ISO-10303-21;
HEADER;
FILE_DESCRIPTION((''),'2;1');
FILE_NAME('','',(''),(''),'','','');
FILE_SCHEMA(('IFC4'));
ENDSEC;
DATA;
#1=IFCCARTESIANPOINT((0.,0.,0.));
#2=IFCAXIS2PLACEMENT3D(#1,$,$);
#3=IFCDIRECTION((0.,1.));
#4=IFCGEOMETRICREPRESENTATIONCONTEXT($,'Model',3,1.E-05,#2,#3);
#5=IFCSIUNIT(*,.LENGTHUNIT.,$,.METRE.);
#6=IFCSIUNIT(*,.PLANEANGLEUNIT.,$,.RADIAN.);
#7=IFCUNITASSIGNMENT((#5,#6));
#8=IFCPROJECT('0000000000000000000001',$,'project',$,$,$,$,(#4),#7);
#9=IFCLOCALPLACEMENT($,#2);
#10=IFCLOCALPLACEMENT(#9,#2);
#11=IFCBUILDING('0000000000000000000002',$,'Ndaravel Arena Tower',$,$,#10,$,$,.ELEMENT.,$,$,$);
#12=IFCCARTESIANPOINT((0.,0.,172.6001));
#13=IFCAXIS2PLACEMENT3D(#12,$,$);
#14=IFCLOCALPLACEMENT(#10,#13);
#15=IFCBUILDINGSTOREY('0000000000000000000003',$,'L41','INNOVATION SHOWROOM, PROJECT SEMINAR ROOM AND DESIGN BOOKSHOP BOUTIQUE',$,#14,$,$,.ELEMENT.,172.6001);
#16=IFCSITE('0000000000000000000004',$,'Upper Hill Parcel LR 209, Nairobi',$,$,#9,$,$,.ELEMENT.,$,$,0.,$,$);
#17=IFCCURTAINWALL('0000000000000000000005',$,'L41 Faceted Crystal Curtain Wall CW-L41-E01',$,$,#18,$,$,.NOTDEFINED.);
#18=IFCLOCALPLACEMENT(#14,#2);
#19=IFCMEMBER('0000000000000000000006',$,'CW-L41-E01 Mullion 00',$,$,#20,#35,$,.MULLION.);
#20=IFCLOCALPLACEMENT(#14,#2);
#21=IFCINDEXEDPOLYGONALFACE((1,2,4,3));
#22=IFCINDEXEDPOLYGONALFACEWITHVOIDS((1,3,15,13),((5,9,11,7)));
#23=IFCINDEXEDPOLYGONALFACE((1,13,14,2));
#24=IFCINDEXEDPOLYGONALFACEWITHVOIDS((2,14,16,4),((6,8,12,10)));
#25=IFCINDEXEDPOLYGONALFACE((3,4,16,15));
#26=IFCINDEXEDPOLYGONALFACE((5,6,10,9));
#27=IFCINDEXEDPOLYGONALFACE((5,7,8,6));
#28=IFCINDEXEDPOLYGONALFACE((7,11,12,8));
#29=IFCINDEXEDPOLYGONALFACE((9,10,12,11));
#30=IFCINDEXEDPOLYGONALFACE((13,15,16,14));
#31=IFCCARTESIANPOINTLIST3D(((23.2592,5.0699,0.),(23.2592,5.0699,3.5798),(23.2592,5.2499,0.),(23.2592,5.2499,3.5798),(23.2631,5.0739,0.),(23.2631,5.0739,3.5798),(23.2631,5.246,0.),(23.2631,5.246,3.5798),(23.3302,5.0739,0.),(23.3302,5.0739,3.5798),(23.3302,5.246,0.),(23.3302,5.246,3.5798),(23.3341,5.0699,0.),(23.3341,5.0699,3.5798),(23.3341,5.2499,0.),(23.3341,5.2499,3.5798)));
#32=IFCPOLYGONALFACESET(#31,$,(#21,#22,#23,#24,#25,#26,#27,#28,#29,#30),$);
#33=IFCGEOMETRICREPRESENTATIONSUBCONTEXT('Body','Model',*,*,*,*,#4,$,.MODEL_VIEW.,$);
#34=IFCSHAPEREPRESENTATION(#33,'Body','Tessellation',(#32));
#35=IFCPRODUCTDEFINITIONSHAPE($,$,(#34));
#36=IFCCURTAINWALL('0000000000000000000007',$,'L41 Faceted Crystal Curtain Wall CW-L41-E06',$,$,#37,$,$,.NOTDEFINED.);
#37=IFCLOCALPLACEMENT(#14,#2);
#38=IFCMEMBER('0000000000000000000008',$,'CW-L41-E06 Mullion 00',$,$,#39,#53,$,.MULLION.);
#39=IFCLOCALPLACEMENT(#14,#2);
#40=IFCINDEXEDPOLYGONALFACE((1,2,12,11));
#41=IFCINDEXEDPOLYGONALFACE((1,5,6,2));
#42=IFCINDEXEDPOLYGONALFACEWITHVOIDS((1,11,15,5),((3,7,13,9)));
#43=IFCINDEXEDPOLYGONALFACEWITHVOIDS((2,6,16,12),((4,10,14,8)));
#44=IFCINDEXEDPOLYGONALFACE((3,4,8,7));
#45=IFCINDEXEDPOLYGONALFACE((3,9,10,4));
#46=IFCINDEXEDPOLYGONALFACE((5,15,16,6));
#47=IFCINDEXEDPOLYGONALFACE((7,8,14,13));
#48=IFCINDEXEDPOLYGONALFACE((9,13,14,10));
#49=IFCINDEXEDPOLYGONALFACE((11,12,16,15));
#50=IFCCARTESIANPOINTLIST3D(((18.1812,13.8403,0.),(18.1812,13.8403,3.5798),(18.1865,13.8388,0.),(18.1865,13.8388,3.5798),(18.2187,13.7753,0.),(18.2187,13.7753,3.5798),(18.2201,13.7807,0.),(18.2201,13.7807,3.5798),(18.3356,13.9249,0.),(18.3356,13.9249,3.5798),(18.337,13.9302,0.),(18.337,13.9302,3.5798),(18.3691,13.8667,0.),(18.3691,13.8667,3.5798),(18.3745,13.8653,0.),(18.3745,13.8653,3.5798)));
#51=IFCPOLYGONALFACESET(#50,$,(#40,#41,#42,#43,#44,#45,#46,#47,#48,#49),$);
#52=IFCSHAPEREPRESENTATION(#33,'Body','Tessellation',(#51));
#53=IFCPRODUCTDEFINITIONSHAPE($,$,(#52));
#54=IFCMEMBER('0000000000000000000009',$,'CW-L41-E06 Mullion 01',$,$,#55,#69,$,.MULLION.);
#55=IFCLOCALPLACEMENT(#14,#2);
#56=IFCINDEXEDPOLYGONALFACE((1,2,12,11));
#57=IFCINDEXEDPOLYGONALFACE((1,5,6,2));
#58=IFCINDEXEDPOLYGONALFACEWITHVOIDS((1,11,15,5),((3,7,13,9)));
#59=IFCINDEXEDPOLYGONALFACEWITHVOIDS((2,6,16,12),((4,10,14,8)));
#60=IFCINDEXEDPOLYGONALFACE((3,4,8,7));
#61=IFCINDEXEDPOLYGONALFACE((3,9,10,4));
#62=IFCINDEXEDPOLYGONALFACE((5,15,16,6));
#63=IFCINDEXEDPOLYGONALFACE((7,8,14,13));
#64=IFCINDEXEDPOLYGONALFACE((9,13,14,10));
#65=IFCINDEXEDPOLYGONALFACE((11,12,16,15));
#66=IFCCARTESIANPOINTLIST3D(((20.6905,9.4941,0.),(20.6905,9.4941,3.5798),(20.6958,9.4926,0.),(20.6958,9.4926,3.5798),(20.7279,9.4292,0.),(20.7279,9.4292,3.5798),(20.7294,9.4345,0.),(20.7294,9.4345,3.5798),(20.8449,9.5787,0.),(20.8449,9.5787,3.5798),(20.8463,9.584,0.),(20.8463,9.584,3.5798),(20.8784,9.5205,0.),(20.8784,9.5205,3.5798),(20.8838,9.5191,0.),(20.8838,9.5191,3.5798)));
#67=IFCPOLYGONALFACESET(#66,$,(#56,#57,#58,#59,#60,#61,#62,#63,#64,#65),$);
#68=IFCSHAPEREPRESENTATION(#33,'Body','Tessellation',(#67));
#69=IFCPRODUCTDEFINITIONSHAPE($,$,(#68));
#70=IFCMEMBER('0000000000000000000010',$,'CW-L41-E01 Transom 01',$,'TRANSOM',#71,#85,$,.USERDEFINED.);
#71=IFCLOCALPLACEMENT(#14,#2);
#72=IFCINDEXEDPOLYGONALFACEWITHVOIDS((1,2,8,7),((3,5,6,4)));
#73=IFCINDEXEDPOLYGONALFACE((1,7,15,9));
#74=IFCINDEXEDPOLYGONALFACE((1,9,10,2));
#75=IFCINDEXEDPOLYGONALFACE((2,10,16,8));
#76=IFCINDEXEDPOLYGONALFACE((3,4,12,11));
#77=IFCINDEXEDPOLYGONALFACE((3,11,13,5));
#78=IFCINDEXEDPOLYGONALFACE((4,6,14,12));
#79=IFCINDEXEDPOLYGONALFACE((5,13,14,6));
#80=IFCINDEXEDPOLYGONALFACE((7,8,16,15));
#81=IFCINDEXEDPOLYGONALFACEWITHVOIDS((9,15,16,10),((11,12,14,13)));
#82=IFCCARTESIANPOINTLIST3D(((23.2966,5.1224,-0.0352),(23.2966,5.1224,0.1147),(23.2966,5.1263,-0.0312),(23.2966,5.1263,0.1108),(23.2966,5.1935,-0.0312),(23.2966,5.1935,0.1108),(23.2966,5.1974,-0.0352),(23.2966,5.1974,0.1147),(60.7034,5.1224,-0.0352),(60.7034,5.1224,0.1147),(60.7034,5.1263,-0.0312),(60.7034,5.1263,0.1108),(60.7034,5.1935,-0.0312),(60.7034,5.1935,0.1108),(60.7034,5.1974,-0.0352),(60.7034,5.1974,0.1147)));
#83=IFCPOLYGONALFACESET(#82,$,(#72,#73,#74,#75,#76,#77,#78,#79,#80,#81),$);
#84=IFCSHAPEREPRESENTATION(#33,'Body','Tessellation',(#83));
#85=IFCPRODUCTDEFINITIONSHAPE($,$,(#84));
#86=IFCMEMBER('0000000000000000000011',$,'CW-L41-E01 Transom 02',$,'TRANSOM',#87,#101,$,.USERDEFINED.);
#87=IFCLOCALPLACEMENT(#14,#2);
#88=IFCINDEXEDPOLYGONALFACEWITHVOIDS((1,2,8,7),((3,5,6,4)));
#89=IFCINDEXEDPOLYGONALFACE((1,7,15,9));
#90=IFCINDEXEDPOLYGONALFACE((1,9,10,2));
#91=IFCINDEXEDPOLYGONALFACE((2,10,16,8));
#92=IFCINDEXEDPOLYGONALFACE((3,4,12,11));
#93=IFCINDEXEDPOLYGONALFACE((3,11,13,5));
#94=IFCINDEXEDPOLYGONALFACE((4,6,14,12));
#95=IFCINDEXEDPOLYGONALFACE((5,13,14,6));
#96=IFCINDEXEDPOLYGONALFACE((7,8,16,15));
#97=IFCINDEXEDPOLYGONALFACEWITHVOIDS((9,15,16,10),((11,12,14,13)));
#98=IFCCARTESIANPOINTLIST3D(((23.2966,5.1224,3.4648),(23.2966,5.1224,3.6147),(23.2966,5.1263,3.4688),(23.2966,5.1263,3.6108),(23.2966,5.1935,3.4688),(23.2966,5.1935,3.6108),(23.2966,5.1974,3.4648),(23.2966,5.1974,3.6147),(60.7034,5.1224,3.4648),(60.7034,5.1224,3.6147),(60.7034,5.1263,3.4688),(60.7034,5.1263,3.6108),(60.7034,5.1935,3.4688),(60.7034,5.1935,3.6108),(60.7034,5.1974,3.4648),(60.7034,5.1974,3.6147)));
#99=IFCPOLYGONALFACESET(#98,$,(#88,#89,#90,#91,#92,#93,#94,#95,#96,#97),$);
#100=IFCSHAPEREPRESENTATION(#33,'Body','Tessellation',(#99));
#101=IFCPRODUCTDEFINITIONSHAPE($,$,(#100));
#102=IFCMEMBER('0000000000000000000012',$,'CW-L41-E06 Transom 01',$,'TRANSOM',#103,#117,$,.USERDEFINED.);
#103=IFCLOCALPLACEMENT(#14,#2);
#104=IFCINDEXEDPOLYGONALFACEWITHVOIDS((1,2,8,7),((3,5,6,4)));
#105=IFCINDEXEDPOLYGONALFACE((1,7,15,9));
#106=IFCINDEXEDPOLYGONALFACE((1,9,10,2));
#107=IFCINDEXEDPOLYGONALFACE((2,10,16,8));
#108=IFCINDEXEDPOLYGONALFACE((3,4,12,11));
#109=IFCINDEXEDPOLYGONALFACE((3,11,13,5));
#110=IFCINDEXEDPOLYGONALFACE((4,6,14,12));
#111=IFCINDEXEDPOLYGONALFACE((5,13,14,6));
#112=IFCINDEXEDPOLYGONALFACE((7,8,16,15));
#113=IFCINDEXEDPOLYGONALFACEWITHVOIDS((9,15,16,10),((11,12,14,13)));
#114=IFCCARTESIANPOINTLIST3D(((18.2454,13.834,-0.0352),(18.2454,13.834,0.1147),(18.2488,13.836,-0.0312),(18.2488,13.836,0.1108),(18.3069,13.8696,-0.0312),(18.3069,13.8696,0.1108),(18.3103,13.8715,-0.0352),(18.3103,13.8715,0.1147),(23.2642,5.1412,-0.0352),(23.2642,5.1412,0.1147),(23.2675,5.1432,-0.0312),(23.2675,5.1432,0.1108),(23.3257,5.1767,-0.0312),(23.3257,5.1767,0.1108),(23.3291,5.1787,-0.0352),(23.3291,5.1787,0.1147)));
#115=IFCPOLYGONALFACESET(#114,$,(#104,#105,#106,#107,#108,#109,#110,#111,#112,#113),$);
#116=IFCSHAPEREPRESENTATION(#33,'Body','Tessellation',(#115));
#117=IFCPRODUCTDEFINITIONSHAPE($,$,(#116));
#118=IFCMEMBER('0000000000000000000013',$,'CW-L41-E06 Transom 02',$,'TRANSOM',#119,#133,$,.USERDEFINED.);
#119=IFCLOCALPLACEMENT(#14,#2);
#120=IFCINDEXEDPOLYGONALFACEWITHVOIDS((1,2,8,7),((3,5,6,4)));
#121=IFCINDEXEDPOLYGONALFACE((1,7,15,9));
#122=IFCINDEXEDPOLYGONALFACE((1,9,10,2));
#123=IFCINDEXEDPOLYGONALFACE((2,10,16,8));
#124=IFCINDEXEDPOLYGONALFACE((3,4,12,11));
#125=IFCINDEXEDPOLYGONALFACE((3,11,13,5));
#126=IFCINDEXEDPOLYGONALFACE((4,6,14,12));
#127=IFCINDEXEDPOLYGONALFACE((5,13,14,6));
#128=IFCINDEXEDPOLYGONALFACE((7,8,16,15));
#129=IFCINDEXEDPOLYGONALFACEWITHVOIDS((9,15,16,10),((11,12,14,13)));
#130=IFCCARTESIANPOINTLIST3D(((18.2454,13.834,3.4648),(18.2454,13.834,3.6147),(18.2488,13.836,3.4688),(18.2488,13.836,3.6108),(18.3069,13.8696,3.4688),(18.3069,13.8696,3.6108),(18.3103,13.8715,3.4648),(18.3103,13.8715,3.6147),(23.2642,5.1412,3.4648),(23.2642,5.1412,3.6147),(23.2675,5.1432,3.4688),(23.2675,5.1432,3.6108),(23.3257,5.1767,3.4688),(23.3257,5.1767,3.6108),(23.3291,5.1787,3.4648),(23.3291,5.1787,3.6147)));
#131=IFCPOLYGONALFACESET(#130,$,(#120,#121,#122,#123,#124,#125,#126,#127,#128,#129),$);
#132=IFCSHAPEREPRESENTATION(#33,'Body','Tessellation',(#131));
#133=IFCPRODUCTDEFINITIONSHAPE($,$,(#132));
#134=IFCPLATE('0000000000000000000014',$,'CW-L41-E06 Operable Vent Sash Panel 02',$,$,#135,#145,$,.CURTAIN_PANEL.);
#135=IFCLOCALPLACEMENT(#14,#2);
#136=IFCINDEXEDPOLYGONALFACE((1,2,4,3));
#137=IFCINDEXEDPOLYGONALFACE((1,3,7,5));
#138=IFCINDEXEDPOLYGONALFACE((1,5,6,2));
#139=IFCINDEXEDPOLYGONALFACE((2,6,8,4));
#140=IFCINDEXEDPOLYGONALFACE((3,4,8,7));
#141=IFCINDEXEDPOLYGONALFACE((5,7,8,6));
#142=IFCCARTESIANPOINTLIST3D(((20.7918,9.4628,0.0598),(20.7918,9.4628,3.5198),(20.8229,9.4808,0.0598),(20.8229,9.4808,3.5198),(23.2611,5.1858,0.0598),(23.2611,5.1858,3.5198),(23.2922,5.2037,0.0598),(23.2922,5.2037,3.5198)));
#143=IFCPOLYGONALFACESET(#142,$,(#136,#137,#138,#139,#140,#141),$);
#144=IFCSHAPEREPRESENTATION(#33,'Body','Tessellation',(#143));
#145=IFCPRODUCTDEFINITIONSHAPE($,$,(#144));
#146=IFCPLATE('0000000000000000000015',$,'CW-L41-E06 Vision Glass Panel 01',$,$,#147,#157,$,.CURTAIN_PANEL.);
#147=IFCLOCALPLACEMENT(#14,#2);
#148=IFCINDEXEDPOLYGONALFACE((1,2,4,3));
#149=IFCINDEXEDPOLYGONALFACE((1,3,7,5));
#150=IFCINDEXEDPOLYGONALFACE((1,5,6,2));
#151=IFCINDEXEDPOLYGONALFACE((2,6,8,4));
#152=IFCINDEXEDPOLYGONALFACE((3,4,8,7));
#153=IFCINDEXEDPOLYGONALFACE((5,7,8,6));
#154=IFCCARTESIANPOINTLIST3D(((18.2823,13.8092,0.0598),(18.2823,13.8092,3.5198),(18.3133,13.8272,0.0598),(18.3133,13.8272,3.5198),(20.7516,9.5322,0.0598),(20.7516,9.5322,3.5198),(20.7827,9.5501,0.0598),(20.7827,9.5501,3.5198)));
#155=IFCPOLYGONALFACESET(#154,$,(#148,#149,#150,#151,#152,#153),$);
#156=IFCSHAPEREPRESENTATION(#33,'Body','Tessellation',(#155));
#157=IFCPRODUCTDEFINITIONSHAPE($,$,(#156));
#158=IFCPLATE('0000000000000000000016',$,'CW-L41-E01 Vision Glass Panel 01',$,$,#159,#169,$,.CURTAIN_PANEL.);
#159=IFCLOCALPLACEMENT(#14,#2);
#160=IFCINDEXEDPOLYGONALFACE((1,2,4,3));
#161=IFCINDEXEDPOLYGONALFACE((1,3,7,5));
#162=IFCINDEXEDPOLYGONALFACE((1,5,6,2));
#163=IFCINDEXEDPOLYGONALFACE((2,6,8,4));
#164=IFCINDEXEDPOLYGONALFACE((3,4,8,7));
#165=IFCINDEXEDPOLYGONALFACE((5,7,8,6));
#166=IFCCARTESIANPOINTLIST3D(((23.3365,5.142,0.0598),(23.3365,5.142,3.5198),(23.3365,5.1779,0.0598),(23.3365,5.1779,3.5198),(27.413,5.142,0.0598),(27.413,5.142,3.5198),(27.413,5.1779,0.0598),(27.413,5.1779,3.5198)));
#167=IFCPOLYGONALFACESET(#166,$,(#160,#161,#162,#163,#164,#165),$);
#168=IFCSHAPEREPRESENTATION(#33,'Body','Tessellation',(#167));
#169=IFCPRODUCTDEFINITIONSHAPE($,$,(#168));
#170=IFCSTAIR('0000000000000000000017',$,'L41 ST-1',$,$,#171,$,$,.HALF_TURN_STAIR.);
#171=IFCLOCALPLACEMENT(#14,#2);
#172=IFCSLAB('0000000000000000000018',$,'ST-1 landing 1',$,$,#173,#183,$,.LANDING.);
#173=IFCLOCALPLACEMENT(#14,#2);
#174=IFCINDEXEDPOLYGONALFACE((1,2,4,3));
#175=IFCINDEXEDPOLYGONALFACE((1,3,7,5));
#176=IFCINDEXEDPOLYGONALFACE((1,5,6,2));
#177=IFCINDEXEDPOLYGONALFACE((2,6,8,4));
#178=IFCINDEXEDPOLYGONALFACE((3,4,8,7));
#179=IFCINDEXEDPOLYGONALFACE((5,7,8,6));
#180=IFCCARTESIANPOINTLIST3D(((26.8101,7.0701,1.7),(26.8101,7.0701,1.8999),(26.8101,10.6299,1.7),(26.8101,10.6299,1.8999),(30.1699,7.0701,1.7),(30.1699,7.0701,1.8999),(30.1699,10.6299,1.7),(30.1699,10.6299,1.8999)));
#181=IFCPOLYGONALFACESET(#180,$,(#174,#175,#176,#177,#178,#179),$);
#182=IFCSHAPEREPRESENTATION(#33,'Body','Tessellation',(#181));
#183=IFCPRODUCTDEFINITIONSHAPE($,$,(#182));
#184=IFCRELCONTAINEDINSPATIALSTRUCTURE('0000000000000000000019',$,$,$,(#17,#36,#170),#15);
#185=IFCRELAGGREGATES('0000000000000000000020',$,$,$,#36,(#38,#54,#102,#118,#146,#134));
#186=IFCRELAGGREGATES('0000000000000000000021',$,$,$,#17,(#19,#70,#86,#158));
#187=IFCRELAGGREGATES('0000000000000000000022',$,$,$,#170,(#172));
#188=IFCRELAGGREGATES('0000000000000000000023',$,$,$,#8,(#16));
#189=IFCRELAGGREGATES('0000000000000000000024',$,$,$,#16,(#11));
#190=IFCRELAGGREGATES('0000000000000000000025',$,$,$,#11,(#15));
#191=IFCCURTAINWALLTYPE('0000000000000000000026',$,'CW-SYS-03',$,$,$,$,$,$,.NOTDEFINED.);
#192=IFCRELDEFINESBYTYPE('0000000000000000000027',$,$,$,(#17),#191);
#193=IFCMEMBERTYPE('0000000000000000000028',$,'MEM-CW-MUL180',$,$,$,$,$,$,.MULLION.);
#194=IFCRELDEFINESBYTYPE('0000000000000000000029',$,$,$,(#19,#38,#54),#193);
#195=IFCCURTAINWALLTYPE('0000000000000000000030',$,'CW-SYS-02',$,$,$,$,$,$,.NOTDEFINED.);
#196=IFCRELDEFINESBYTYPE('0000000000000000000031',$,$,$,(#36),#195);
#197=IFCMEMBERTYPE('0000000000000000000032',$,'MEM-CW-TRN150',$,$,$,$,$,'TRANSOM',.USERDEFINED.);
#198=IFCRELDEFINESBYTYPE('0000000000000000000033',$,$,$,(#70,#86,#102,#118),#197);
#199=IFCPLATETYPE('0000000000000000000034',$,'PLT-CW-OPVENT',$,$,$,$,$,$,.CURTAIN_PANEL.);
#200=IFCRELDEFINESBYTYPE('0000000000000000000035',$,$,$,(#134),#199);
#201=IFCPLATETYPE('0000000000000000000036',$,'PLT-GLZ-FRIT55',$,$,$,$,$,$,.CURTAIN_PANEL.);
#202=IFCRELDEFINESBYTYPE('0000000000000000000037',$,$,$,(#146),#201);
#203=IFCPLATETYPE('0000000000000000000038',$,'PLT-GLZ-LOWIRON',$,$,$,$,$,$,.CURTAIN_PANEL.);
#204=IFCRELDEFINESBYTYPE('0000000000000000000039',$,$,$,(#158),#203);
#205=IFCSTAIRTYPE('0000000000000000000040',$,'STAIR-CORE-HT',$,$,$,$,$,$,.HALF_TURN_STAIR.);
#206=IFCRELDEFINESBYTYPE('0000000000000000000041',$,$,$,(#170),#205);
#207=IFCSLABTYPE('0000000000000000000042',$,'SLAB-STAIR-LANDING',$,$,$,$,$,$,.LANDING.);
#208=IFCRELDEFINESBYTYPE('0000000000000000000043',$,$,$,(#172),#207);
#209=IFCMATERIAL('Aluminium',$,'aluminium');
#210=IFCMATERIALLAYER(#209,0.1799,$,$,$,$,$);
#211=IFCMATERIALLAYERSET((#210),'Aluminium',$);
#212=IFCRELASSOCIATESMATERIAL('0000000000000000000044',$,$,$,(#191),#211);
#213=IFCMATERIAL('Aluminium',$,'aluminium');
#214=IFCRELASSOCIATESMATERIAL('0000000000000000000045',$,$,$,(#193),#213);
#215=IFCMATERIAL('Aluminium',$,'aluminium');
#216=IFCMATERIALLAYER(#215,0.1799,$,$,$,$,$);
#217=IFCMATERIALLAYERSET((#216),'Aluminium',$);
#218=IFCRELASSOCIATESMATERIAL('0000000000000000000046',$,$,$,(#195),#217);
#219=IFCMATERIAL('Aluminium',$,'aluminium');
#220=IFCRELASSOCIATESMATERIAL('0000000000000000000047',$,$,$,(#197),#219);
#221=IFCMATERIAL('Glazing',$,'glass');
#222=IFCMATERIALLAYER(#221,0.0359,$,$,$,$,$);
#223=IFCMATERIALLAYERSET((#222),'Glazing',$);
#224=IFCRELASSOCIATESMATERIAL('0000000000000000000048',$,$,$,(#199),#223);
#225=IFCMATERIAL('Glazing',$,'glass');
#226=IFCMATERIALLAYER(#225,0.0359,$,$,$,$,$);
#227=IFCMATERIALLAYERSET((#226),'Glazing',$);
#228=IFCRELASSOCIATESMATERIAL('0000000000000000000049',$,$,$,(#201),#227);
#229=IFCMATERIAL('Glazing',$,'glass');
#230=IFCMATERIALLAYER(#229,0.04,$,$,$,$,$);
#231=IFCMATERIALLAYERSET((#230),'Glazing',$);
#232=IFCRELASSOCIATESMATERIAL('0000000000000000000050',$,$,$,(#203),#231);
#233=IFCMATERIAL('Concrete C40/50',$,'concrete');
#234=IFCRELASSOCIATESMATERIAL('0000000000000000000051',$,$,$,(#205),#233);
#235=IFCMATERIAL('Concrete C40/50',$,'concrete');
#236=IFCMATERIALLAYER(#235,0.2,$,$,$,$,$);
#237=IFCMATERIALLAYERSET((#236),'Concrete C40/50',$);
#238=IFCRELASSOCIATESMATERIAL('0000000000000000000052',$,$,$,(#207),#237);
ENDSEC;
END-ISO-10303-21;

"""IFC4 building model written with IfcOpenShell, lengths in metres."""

from ifc_helpers import new_model, si_unit, direction, frame, origin, origin_2d, place, context, subcontext, project, spatial, polyline, rectangle, hollow_rectangle, outline, extrude, material, layer, layer_set, material_profile, profile_set, type_object, element, aggregate, save


model = new_model("IFC4")

# Units and contexts
model_context = context("Model", 3, precision=1e-05, world=origin(), true_north=direction((0.0, 1.0)))
body_context = subcontext(model_context, "Body", "Model", "MODEL_VIEW")
ifc_project = project(units=[si_unit("LENGTHUNIT", "METRE"), si_unit("PLANEANGLEUNIT", "RADIAN")], contexts=[model_context])

# Site, building, storey
site_placement = place(None, origin())
site = spatial("IfcSite", under=ifc_project, at=site_placement, Name="Upper Hill Parcel LR 209, Nairobi", CompositionType="ELEMENT", RefElevation=0.0)
building_placement = place(site_placement, origin())
building = spatial("IfcBuilding", under=site, at=building_placement, Name="Ndaravel Arena Tower", CompositionType="ELEMENT")
storey_placement = place(building_placement, frame((0.0, 0.0, 172.6001)))
storey = spatial("IfcBuildingStorey", under=building, at=storey_placement, Name="L41", Description="INNOVATION SHOWROOM, PROJECT SEMINAR ROOM AND DESIGN BOOKSHOP BOUTIQUE", CompositionType="ELEMENT", Elevation=172.6001)

# Curtain wall, member
ifc_material_1 = material(Name="Aluminium", Category="aluminium")
ifc_layer_1 = layer(ifc_material_1, 0.1799)
ifc_layer_set_1 = layer_set([ifc_layer_1], Name="Aluminium")
curtain_wall_type_1 = type_object("IfcCurtainWallType", Name="CW-SYS-03", PredefinedType="NOTDEFINED", material=ifc_layer_set_1)
curtain_wall_1_placement = place(storey_placement, origin())
curtain_wall_1 = element("IfcCurtainWall", 1, at=curtain_wall_1_placement, inside=storey, type_object=curtain_wall_type_1, Name="L41 Faceted Crystal Curtain Wall CW-L41-E01", PredefinedType="NOTDEFINED")
ifc_material_2 = material(Name="Aluminium", Category="aluminium")
ifc_material_profile_1 = material_profile(ifc_material_2, hollow_rectangle(XDim=0.075, YDim=0.1799, WallThickness=0.0039, at=origin_2d()), Name="CW MULLION 75x180x4")
ifc_profile_set_1 = profile_set([ifc_material_profile_1], Name="Aluminium")
member_type_1 = type_object("IfcMemberType", Name="MEM-CW-MUL180", PredefinedType="MULLION", material=ifc_profile_set_1)
member_1_placement = place(storey_placement, frame((23.2966, 5.1599, 0.0), z_axis=(0.0, 0.0, 1.0), x_axis=(1.0, 0.0, 0.0)))
member_1 = element("IfcMember", 2, at=member_1_placement, type_object=member_type_1, Name="CW-L41-E01 Mullion 00", PredefinedType="MULLION", context=body_context, shape_type="SweptSolid", body=[
    extrude(hollow_rectangle(XDim=0.075, YDim=0.1799, WallThickness=0.0039, at=origin_2d()), origin(), (0.0, 0.0, 1.0), 3.5798),
])

# Curtain wall, members
ifc_material_3 = material(Name="Aluminium", Category="aluminium")
ifc_layer_2 = layer(ifc_material_3, 0.1799)
ifc_layer_set_2 = layer_set([ifc_layer_2], Name="Aluminium")
curtain_wall_type_2 = type_object("IfcCurtainWallType", Name="CW-SYS-02", PredefinedType="NOTDEFINED", material=ifc_layer_set_2)
curtain_wall_2_placement = place(storey_placement, origin())
curtain_wall_2 = element("IfcCurtainWall", 3, at=curtain_wall_2_placement, inside=storey, type_object=curtain_wall_type_2, Name="L41 Faceted Crystal Curtain Wall CW-L41-E06", PredefinedType="NOTDEFINED")
member_2_placement = place(storey_placement, frame((18.2778, 13.8528, 0.0), z_axis=(0.0, 0.0, 1.0), x_axis=(0.5, -0.866025, 0.0)))
member_2 = element("IfcMember", 4, at=member_2_placement, type_object=member_type_1, Name="CW-L41-E06 Mullion 00", PredefinedType="MULLION", context=body_context, shape_type="SweptSolid", body=[
    extrude(hollow_rectangle(XDim=0.075, YDim=0.1799, WallThickness=0.0039, at=origin_2d()), origin(), (0.0, 0.0, 1.0), 3.5798),
])
member_3_placement = place(storey_placement, frame((20.7871, 9.5066, 0.0), z_axis=(0.0, 0.0, 1.0), x_axis=(0.5, -0.866025, 0.0)))
member_3 = element("IfcMember", 5, at=member_3_placement, type_object=member_type_1, Name="CW-L41-E06 Mullion 01", PredefinedType="MULLION", context=body_context, shape_type="SweptSolid", body=[
    extrude(hollow_rectangle(XDim=0.075, YDim=0.1799, WallThickness=0.0039, at=origin_2d()), origin(), (0.0, 0.0, 1.0), 3.5798),
])

# Members
ifc_material_4 = material(Name="Aluminium", Category="aluminium")
ifc_material_profile_2 = material_profile(ifc_material_4, hollow_rectangle(XDim=0.075, YDim=0.1499, WallThickness=0.0039, at=origin_2d()), Name="CW TRANSOM 75x150x4")
ifc_profile_set_2 = profile_set([ifc_material_profile_2], Name="Aluminium")
member_type_2 = type_object("IfcMemberType", Name="MEM-CW-TRN150", ElementType="TRANSOM", PredefinedType="USERDEFINED", material=ifc_profile_set_2)
member_4_placement = place(storey_placement, frame((23.2966, 5.1599, 0.0398), z_axis=(1.0, 0.0, 0.0), x_axis=(0.0, 1.0, 0.0)))
member_4 = element("IfcMember", 6, at=member_4_placement, type_object=member_type_2, Name="CW-L41-E01 Transom 01", ObjectType="TRANSOM", PredefinedType="USERDEFINED", context=body_context, shape_type="SweptSolid", body=[
    extrude(hollow_rectangle(XDim=0.075, YDim=0.1499, WallThickness=0.0039, at=origin_2d()), origin(), (0.0, 0.0, 1.0), 37.4067),
])
member_5_placement = place(storey_placement, frame((23.2966, 5.1599, 3.5398), z_axis=(1.0, 0.0, 0.0), x_axis=(0.0, 1.0, 0.0)))
member_5 = element("IfcMember", 7, at=member_5_placement, type_object=member_type_2, Name="CW-L41-E01 Transom 02", ObjectType="TRANSOM", PredefinedType="USERDEFINED", context=body_context, shape_type="SweptSolid", body=[
    extrude(hollow_rectangle(XDim=0.075, YDim=0.1499, WallThickness=0.0039, at=origin_2d()), origin(), (0.0, 0.0, 1.0), 37.4067),
])
member_6_placement = place(storey_placement, frame((18.2778, 13.8528, 0.0398), z_axis=(0.499998, -0.866027, 0.0), x_axis=(0.866027, 0.499998, 0.0)))
member_6 = element("IfcMember", 8, at=member_6_placement, type_object=member_type_2, Name="CW-L41-E06 Transom 01", ObjectType="TRANSOM", PredefinedType="USERDEFINED", context=body_context, shape_type="SweptSolid", body=[
    extrude(hollow_rectangle(XDim=0.075, YDim=0.1499, WallThickness=0.0039, at=origin_2d()), origin(), (0.0, 0.0, 1.0), 10.0376),
])
member_7_placement = place(storey_placement, frame((18.2778, 13.8528, 3.5398), z_axis=(0.499998, -0.866027, 0.0), x_axis=(0.866027, 0.499998, 0.0)))
member_7 = element("IfcMember", 9, at=member_7_placement, type_object=member_type_2, Name="CW-L41-E06 Transom 02", ObjectType="TRANSOM", PredefinedType="USERDEFINED", context=body_context, shape_type="SweptSolid", body=[
    extrude(hollow_rectangle(XDim=0.075, YDim=0.1499, WallThickness=0.0039, at=origin_2d()), origin(), (0.0, 0.0, 1.0), 10.0376),
])

# Plates
ifc_material_5 = material(Name="Glazing", Category="glass")
ifc_layer_3 = layer(ifc_material_5, 0.0359)
ifc_layer_set_3 = layer_set([ifc_layer_3], Name="Glazing")
plate_type_1 = type_object("IfcPlateType", Name="PLT-CW-OPVENT", PredefinedType="CURTAIN_PANEL", material=ifc_layer_set_3)
plate_1_placement = place(storey_placement, frame((22.042, 7.3333, 0.0598), z_axis=(0.0, 0.0, 1.0), x_axis=(0.5, -0.866025, 0.0)))
plate_1 = element("IfcPlate", 10, at=plate_1_placement, type_object=plate_type_1, Name="CW-L41-E06 Operable Vent Sash Panel 02", PredefinedType="CURTAIN_PANEL", context=body_context, shape_type="SweptSolid", body=[
    extrude(rectangle(XDim=4.9387, YDim=0.0359, at=origin_2d()), origin(), (0.0, 0.0, 1.0), 3.46),
])
ifc_material_6 = material(Name="Glazing", Category="glass")
ifc_layer_4 = layer(ifc_material_6, 0.0359)
ifc_layer_set_4 = layer_set([ifc_layer_4], Name="Glazing")
plate_type_2 = type_object("IfcPlateType", Name="PLT-GLZ-FRIT55", PredefinedType="CURTAIN_PANEL", material=ifc_layer_set_4)
plate_2_placement = place(storey_placement, frame((19.5325, 11.6797, 0.0598), z_axis=(0.0, 0.0, 1.0), x_axis=(0.5, -0.866025, 0.0)))
plate_2 = element("IfcPlate", 11, at=plate_2_placement, type_object=plate_type_2, Name="CW-L41-E06 Vision Glass Panel 01", PredefinedType="CURTAIN_PANEL", context=body_context, shape_type="SweptSolid", body=[
    extrude(rectangle(XDim=4.9387, YDim=0.0359, at=origin_2d()), origin(), (0.0, 0.0, 1.0), 3.46),
])
aggregate(curtain_wall_2, [member_2, member_3, member_6, member_7, plate_2, plate_1])
ifc_material_7 = material(Name="Glazing", Category="glass")
ifc_layer_5 = layer(ifc_material_7, 0.04)
ifc_layer_set_5 = layer_set([ifc_layer_5], Name="Glazing")
plate_type_3 = type_object("IfcPlateType", Name="PLT-GLZ-LOWIRON", PredefinedType="CURTAIN_PANEL", material=ifc_layer_set_5)
plate_3_placement = place(storey_placement, frame((25.3748, 5.1599, 0.0598), z_axis=(0.0, 0.0, 1.0), x_axis=(1.0, 0.0, 0.0)))
plate_3 = element("IfcPlate", 12, at=plate_3_placement, type_object=plate_type_3, Name="CW-L41-E01 Vision Glass Panel 01", PredefinedType="CURTAIN_PANEL", context=body_context, shape_type="SweptSolid", body=[
    extrude(rectangle(XDim=4.0764, YDim=0.0359, at=origin_2d()), origin(), (0.0, 0.0, 1.0), 3.46),
])
aggregate(curtain_wall_1, [member_1, member_4, member_5, plate_3])

# Stair, slab
ifc_material_8 = material(Name="Concrete C40/50", Category="concrete")
stair_type = type_object("IfcStairType", Name="STAIR-CORE-HT", PredefinedType="HALF_TURN_STAIR", material=ifc_material_8)
stair_1_placement = place(storey_placement, origin())
stair_1 = element("IfcStair", 13, at=stair_1_placement, inside=storey, type_object=stair_type, Name="L41 ST-1", PredefinedType="HALF_TURN_STAIR")
ifc_material_9 = material(Name="Concrete C40/50", Category="concrete")
ifc_layer_6 = layer(ifc_material_9, 0.2)
ifc_layer_set_6 = layer_set([ifc_layer_6], Name="Concrete C40/50")
slab_type_1 = type_object("IfcSlabType", Name="SLAB-STAIR-LANDING", PredefinedType="LANDING", material=ifc_layer_set_6)
slab_1_placement = place(storey_placement, frame((0.0, 0.0, 1.7)))
slab_1 = element("IfcSlab", 14, at=slab_1_placement, type_object=slab_type_1, Name="ST-1 landing 1", PredefinedType="LANDING", context=body_context, shape_type="SweptSolid", body=[
    extrude(outline(polyline([(26.8101, 10.6299), (26.8101, 7.0701), (30.1699, 7.0701), (30.1699, 10.6299), (26.8101, 10.6299)])), origin(), (0.0, 0.0, 1.0), 0.2),
])
aggregate(stair_1, [slab_1])

save(model, "model.ifc")
